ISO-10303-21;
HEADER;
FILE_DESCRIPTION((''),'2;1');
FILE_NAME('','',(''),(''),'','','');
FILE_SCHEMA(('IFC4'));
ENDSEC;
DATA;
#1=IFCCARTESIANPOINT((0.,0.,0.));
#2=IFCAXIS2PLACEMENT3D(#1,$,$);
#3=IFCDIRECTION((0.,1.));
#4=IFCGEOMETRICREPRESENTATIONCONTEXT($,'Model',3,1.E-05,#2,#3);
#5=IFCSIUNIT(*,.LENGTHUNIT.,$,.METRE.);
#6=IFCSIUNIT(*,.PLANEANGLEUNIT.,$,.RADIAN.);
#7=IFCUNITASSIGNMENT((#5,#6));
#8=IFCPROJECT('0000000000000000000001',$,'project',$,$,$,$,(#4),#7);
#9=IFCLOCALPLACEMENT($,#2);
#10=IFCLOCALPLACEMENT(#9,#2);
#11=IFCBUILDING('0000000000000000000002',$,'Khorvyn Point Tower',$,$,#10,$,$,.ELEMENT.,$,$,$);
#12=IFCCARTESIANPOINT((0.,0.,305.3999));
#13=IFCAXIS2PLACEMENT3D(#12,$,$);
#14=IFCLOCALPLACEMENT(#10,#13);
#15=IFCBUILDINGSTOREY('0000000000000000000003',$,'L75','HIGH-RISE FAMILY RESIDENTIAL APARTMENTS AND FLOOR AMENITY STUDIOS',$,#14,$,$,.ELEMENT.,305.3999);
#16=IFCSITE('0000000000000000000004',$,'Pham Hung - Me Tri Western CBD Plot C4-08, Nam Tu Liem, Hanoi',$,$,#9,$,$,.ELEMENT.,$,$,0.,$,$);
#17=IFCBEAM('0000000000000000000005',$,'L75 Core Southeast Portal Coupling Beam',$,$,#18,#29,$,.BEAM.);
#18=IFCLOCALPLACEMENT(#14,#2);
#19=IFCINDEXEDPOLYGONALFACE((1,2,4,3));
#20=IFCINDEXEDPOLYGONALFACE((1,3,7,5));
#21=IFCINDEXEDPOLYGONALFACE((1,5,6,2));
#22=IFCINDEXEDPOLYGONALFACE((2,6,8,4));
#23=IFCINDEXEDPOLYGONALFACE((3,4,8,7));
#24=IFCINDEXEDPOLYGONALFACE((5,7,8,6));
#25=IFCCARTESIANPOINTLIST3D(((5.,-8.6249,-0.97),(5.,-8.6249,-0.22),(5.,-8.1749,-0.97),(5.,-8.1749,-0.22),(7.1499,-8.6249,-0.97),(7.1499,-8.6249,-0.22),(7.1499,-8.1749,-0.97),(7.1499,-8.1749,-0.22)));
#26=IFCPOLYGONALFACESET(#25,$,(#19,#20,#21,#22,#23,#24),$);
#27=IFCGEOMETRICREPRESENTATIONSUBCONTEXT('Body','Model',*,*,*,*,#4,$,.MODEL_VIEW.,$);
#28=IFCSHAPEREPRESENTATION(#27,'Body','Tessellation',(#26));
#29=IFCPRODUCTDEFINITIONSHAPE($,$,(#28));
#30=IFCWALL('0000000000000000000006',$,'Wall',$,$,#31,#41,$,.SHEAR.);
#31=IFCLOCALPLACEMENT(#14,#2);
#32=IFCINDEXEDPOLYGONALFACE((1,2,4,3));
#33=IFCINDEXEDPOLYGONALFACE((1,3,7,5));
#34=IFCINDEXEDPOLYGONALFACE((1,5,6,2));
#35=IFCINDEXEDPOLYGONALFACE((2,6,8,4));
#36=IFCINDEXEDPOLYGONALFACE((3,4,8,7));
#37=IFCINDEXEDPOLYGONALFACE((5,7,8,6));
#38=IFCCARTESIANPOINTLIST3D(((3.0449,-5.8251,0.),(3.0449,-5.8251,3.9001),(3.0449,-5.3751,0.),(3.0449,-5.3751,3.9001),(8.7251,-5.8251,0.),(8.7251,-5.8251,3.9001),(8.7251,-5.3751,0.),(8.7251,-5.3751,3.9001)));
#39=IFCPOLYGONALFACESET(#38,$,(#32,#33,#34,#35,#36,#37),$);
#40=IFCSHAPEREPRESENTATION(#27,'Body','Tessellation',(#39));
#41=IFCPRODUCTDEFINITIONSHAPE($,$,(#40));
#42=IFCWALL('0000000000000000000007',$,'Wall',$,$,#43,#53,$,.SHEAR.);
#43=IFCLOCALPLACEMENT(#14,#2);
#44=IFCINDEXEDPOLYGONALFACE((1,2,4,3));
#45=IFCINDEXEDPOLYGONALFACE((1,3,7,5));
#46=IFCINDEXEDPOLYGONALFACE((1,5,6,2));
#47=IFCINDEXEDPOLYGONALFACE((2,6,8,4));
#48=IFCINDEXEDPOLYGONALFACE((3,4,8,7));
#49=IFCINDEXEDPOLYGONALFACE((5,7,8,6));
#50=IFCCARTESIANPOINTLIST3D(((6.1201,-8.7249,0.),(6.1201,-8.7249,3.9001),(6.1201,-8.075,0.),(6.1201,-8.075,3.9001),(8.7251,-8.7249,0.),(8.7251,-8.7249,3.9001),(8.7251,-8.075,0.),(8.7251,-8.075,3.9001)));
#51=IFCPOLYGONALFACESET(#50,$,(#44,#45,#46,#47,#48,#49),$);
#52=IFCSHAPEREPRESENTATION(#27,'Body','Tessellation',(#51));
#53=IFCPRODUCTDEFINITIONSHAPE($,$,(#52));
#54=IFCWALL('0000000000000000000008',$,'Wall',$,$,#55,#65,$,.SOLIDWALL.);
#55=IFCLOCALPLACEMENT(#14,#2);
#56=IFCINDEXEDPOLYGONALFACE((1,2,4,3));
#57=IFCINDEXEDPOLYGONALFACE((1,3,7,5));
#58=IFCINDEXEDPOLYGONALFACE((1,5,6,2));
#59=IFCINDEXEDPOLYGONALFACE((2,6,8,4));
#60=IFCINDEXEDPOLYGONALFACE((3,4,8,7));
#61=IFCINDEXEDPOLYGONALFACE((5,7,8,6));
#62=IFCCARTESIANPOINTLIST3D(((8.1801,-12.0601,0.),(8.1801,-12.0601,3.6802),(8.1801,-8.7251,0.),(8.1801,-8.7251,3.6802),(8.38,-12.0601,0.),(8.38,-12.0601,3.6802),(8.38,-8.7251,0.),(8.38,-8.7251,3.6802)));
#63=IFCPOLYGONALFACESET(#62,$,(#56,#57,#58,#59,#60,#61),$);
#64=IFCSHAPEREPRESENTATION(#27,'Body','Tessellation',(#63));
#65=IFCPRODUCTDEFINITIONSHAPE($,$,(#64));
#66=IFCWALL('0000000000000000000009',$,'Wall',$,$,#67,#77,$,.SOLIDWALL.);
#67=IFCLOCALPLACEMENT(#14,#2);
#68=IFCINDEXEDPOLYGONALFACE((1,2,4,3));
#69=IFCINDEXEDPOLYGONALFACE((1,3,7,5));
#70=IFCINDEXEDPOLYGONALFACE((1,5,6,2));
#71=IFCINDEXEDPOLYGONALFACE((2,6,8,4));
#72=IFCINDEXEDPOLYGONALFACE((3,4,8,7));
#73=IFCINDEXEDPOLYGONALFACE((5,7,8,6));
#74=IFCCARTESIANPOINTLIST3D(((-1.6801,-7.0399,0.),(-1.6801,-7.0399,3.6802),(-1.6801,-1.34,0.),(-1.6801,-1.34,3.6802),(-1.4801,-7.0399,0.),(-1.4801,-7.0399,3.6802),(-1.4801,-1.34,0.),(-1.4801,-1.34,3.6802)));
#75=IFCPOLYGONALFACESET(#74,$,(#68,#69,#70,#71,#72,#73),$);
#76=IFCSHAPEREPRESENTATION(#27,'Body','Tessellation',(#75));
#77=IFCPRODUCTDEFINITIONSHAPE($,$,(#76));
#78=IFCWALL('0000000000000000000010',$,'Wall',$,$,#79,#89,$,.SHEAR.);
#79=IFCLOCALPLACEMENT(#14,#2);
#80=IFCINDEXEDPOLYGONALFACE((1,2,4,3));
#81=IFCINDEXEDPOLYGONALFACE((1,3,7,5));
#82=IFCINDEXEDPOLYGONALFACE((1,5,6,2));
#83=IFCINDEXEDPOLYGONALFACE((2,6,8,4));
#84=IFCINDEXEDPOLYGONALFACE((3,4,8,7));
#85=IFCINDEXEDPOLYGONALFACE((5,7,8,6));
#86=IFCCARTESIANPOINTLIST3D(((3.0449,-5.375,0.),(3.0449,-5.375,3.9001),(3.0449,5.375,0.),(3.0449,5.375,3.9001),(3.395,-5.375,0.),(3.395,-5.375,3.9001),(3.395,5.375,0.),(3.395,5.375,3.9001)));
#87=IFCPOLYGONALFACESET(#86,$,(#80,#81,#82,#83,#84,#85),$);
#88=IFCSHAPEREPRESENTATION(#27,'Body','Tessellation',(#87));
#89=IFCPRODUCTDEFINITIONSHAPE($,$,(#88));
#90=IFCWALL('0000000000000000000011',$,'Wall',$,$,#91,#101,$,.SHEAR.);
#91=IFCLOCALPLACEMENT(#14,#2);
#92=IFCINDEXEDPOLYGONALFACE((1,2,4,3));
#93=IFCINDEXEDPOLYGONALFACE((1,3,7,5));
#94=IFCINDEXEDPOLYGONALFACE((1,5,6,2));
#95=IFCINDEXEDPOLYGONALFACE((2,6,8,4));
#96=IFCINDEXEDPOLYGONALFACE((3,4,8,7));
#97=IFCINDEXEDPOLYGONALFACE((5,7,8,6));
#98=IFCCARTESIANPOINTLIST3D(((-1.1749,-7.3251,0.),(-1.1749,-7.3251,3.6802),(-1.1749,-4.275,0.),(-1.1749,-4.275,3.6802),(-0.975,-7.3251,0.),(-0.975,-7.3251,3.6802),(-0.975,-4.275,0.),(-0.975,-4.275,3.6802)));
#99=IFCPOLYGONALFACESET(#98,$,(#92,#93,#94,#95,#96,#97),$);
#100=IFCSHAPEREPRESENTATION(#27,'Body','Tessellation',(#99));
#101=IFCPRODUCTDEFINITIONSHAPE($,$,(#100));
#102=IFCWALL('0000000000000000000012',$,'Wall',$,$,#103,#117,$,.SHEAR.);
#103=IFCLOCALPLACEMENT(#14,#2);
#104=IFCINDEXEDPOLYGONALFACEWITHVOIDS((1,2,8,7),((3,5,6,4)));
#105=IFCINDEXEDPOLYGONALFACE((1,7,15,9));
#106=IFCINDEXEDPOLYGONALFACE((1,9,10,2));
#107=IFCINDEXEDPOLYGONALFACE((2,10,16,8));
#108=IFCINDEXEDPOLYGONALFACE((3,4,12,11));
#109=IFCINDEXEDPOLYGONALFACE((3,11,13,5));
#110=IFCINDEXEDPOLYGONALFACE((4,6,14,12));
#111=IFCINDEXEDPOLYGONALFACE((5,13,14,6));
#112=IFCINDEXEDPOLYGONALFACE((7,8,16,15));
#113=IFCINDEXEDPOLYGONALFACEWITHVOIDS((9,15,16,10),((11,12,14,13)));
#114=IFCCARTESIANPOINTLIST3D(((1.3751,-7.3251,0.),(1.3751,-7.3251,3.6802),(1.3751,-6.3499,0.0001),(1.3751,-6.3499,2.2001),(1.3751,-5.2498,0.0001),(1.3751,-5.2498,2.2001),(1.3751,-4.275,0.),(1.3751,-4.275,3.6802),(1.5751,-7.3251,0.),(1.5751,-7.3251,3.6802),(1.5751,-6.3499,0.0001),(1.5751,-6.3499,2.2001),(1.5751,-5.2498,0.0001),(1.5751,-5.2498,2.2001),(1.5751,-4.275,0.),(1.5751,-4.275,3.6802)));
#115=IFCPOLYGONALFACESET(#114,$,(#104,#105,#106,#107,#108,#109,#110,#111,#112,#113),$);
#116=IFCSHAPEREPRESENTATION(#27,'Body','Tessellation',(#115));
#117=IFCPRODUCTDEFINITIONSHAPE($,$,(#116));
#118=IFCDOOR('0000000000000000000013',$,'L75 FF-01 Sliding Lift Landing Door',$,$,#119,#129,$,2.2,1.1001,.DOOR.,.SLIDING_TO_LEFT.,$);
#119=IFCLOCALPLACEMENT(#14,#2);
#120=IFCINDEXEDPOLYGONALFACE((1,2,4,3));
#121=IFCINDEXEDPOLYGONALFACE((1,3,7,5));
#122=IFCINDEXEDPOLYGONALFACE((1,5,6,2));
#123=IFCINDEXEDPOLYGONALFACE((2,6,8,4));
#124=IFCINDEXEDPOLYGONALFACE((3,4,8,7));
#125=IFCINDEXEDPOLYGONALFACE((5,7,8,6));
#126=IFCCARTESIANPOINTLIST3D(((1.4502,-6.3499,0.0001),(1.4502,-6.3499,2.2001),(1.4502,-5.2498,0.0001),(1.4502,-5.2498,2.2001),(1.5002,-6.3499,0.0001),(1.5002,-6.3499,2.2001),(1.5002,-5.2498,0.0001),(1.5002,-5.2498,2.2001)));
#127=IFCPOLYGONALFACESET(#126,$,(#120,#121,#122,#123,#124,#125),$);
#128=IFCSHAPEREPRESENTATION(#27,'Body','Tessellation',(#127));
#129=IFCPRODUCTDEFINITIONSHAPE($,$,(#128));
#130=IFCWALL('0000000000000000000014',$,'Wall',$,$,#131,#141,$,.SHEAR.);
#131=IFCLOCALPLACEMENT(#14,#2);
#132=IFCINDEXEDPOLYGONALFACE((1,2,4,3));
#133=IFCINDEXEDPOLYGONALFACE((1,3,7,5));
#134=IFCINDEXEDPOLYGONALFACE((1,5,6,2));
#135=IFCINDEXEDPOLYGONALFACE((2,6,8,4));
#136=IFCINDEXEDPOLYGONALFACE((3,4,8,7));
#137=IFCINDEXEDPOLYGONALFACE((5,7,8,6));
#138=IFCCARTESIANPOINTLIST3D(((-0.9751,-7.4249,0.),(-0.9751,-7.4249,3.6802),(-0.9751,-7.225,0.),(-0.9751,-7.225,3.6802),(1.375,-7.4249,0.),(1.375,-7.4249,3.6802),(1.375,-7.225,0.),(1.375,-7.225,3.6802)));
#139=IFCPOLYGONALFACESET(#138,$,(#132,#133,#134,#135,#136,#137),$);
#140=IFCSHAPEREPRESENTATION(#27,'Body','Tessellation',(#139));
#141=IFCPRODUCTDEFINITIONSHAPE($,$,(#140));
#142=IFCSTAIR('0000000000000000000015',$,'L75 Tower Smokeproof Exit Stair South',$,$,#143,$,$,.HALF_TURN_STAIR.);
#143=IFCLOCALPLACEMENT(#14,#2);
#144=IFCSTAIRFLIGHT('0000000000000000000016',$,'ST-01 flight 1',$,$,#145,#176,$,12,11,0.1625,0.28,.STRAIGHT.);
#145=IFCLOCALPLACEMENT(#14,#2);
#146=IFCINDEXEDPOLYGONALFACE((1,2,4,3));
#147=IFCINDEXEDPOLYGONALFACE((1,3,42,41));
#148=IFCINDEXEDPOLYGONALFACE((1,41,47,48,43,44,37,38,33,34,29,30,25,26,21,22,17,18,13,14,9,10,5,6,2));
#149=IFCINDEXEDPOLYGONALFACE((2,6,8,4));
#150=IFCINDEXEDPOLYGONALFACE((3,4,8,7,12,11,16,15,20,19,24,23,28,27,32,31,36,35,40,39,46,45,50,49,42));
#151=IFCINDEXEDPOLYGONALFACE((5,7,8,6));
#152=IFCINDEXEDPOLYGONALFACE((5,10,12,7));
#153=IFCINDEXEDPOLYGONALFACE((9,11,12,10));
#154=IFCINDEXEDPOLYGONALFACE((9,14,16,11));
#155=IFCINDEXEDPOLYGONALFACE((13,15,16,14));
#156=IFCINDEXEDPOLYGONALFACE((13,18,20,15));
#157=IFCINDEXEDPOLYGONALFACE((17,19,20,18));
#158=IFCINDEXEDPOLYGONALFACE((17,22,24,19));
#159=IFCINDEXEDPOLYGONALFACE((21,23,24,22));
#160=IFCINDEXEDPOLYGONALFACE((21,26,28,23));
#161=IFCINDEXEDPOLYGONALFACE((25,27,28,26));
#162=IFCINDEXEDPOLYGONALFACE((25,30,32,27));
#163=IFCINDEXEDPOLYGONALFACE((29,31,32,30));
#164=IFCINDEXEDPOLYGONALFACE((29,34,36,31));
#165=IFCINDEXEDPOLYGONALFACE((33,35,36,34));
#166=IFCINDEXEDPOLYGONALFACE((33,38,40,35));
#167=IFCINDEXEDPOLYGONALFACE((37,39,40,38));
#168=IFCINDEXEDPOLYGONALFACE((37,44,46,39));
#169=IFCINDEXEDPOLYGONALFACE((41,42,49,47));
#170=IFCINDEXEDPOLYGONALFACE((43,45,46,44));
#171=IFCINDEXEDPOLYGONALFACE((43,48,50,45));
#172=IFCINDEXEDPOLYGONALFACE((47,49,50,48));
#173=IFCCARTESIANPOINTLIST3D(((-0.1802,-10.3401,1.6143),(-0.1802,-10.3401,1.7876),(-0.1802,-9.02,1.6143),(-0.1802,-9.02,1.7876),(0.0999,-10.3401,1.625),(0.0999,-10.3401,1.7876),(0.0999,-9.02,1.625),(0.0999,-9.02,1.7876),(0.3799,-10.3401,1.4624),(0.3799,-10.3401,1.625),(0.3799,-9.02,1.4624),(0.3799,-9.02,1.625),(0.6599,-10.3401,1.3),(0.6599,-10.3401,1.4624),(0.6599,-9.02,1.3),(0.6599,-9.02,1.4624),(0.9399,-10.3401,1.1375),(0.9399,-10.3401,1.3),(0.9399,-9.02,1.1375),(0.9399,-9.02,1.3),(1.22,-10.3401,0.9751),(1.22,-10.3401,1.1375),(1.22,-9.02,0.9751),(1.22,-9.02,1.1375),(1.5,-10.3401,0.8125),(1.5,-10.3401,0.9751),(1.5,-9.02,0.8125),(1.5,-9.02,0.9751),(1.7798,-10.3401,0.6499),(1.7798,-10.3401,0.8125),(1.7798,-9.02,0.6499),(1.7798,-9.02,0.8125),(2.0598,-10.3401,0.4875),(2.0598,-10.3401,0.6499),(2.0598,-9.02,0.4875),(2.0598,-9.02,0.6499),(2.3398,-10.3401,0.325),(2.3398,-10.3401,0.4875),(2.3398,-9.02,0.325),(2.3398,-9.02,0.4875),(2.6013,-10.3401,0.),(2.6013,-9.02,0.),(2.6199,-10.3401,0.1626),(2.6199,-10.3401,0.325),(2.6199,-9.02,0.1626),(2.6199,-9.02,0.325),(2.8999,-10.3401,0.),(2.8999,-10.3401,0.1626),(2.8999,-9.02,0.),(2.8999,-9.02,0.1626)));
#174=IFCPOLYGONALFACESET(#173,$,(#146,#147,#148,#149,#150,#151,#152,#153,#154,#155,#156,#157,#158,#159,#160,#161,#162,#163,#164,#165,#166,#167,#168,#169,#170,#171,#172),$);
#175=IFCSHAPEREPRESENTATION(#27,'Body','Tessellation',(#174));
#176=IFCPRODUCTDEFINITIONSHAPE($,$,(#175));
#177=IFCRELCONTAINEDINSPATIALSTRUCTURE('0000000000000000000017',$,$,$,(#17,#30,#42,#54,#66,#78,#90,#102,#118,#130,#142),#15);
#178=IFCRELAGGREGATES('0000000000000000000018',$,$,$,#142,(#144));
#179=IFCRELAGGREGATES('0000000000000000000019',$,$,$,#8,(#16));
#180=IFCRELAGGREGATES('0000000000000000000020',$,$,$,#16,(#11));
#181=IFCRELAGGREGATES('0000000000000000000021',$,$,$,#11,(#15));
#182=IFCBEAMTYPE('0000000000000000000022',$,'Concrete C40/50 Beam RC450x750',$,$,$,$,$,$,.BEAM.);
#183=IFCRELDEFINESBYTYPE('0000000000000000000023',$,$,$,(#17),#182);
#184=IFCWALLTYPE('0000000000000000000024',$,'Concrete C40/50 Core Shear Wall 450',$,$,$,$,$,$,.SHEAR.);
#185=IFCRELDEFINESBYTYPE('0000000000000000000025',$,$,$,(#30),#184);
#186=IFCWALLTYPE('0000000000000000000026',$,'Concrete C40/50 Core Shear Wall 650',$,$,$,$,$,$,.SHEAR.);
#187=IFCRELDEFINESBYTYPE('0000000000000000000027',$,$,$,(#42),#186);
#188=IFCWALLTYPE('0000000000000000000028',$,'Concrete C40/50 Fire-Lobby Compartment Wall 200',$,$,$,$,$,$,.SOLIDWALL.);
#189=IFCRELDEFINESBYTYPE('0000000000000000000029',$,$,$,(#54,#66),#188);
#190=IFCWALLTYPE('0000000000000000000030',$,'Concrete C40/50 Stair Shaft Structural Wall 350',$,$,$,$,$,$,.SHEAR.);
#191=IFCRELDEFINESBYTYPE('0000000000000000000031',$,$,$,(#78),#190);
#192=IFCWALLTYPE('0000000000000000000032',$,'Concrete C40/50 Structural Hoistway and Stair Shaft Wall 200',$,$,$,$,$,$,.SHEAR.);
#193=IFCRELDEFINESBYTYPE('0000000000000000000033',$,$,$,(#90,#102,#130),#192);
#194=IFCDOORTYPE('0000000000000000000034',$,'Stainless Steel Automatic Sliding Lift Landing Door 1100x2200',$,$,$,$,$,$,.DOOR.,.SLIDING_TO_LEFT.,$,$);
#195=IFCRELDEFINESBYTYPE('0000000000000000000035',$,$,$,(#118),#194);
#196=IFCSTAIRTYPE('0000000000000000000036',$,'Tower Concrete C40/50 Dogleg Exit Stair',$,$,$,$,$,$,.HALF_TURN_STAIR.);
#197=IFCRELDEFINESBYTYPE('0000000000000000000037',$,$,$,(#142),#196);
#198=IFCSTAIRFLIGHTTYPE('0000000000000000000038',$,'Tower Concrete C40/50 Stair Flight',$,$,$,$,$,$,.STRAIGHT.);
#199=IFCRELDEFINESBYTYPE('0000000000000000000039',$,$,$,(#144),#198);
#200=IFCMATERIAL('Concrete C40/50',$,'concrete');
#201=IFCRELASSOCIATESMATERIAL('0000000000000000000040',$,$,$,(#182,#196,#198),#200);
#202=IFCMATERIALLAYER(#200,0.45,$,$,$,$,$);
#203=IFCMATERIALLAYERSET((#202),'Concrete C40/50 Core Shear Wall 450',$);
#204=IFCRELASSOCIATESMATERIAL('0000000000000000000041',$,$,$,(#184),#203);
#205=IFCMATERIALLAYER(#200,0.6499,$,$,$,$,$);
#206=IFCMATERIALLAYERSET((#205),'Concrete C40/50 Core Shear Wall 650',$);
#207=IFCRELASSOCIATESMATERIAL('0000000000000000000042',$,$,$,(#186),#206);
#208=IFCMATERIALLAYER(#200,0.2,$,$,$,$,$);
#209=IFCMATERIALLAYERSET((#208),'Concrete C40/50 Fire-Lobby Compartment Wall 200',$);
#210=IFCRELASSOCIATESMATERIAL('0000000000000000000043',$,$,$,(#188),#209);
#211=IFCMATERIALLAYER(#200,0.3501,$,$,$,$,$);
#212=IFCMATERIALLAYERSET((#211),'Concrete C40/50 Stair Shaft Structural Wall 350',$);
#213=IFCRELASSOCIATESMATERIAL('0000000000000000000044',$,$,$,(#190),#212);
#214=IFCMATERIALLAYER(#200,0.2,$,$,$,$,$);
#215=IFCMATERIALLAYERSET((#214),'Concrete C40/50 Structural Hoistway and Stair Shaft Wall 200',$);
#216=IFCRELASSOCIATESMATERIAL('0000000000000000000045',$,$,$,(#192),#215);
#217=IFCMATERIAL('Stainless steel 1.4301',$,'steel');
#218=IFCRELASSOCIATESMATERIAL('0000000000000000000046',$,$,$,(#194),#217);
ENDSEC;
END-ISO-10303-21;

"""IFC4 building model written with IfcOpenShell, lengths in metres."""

from ifc_helpers import new_model, si_unit, direction, frame, frame_2d, origin, origin_2d, place, context, subcontext, project, spatial, polyline, rectangle, outline, extrude, material, layer, layer_set, material_profile, profile_set, type_object, element, fill, aggregate, save


model = new_model("IFC4")

# Units and contexts
model_context = context("Model", 3, precision=1e-05, world=origin(), true_north=direction((0.0, 1.0)))
body_context = subcontext(model_context, "Body", "Model", "MODEL_VIEW")
ifc_project = project(units=[si_unit("LENGTHUNIT", "METRE"), si_unit("PLANEANGLEUNIT", "RADIAN")], contexts=[model_context])

# Site, building, storey
site_placement = place(None, origin())
site = spatial("IfcSite", under=ifc_project, at=site_placement, Name="Pham Hung - Me Tri Western CBD Plot C4-08, Nam Tu Liem, Hanoi", CompositionType="ELEMENT", RefElevation=0.0)
building_placement = place(site_placement, origin())
building = spatial("IfcBuilding", under=site, at=building_placement, Name="Khorvyn Point Tower", CompositionType="ELEMENT")
storey_placement = place(building_placement, frame((0.0, 0.0, 305.3999)))
storey = spatial("IfcBuildingStorey", under=building, at=storey_placement, Name="L75", Description="HIGH-RISE FAMILY RESIDENTIAL APARTMENTS AND FLOOR AMENITY STUDIOS", CompositionType="ELEMENT", Elevation=305.3999)

# Beam
ifc_material_1 = material(Name="Concrete C40/50", Category="concrete")
ifc_material_profile = material_profile(ifc_material_1, rectangle(XDim=0.45, YDim=0.75, at=origin_2d()))
ifc_profile_set = profile_set([ifc_material_profile], Name="Concrete C40/50 RC450x750")
beam_type = type_object("IfcBeamType", Name="Concrete C40/50 Beam RC450x750", PredefinedType="BEAM", material=ifc_profile_set)
beam_placement = place(storey_placement, frame((5.0, -8.3999, -0.595), z_axis=(1.0, 0.0, 0.0), x_axis=(0.0, 1.0, 0.0)))
element("IfcBeam", 1, at=beam_placement, inside=storey, type_object=beam_type, Name="L75 Core Southeast Portal Coupling Beam", PredefinedType="BEAM", context=body_context, shape_type="SweptSolid", body=[
    extrude(rectangle(XDim=0.45, YDim=0.75, at=origin_2d()), origin(), (0.0, 0.0, 1.0), 2.1499),
])

# Walls
ifc_layer_1 = layer(ifc_material_1, 0.45)
ifc_layer_set_1 = layer_set([ifc_layer_1], Name="Concrete C40/50 Core Shear Wall 450")
wall_type_1 = type_object("IfcWallType", Name="Concrete C40/50 Core Shear Wall 450", PredefinedType="SHEAR", material=ifc_layer_set_1)
wall_1_placement = place(storey_placement, frame((3.0449, -5.6001, 0.0), z_axis=(0.0, 0.0, 1.0), x_axis=(1.0, 0.0, 0.0)))
element("IfcWall", 2, at=wall_1_placement, inside=storey, type_object=wall_type_1, Name="Wall", PredefinedType="SHEAR", context=body_context, shape_type="SweptSolid", body=[
    extrude(rectangle(XDim=5.6802, YDim=0.45, at=frame_2d((2.8401, 0.0))), origin(), (0.0, 0.0, 1.0), 3.9001),
])
ifc_layer_2 = layer(ifc_material_1, 0.6499)
ifc_layer_set_2 = layer_set([ifc_layer_2], Name="Concrete C40/50 Core Shear Wall 650")
wall_type_2 = type_object("IfcWallType", Name="Concrete C40/50 Core Shear Wall 650", PredefinedType="SHEAR", material=ifc_layer_set_2)
wall_2_placement = place(storey_placement, frame((6.1201, -8.3999, 0.0), z_axis=(0.0, 0.0, 1.0), x_axis=(1.0, 0.0, 0.0)))
element("IfcWall", 3, at=wall_2_placement, inside=storey, type_object=wall_type_2, Name="Wall", PredefinedType="SHEAR", context=body_context, shape_type="SweptSolid", body=[
    extrude(rectangle(XDim=2.605, YDim=0.6499, at=frame_2d((1.3025, 0.0))), origin(), (0.0, 0.0, 1.0), 3.9001),
])

# Shared definitions
ifc_layer_3 = layer(ifc_material_1, 0.2)
ifc_layer_set_3 = layer_set([ifc_layer_3], Name="Concrete C40/50 Fire-Lobby Compartment Wall 200")
wall_type_3 = type_object("IfcWallType", Name="Concrete C40/50 Fire-Lobby Compartment Wall 200", PredefinedType="SOLIDWALL", material=ifc_layer_set_3)

# Walls
wall_3_placement = place(storey_placement, frame((8.28, -12.0601, 0.0), z_axis=(0.0, 0.0, 1.0), x_axis=(0.0, 1.0, 0.0)))
element("IfcWall", 4, at=wall_3_placement, inside=storey, type_object=wall_type_3, Name="Wall", PredefinedType="SOLIDWALL", context=body_context, shape_type="SweptSolid", body=[
    extrude(rectangle(XDim=3.335, YDim=0.2, at=frame_2d((1.6675, 0.0))), origin(), (0.0, 0.0, 1.0), 3.6802),
])
wall_4_placement = place(storey_placement, frame((-1.5801, -7.04, 0.0), z_axis=(0.0, 0.0, 1.0), x_axis=(0.0, 1.0, 0.0)))
element("IfcWall", 5, at=wall_4_placement, inside=storey, type_object=wall_type_3, Name="Wall", PredefinedType="SOLIDWALL", context=body_context, shape_type="SweptSolid", body=[
    extrude(rectangle(XDim=5.7, YDim=0.2, at=frame_2d((2.8501, 0.0))), origin(), (0.0, 0.0, 1.0), 3.6802),
])
ifc_layer_4 = layer(ifc_material_1, 0.3501)
ifc_layer_set_4 = layer_set([ifc_layer_4], Name="Concrete C40/50 Stair Shaft Structural Wall 350")
wall_type_4 = type_object("IfcWallType", Name="Concrete C40/50 Stair Shaft Structural Wall 350", PredefinedType="SHEAR", material=ifc_layer_set_4)
wall_5_placement = place(storey_placement, frame((3.22, -5.375, 0.0), z_axis=(0.0, 0.0, 1.0), x_axis=(0.0, 1.0, 0.0)))
element("IfcWall", 6, at=wall_5_placement, inside=storey, type_object=wall_type_4, Name="Wall", PredefinedType="SHEAR", context=body_context, shape_type="SweptSolid", body=[
    extrude(rectangle(XDim=10.75, YDim=0.3501, at=frame_2d((5.375, 0.0))), origin(), (0.0, 0.0, 1.0), 3.9001),
])

# Wall
ifc_layer_5 = layer(ifc_material_1, 0.2)
ifc_layer_set_5 = layer_set([ifc_layer_5], Name="Concrete C40/50 Structural Hoistway and Stair Shaft Wall 200")
wall_type_5 = type_object("IfcWallType", Name="Concrete C40/50 Structural Hoistway and Stair Shaft Wall 200", PredefinedType="SHEAR", material=ifc_layer_set_5)
wall_6_placement = place(storey_placement, frame((-1.075, -7.325, 0.0), z_axis=(0.0, 0.0, 1.0), x_axis=(0.0, 1.0, 0.0)))
element("IfcWall", 7, at=wall_6_placement, inside=storey, type_object=wall_type_5, Name="Wall", PredefinedType="SHEAR", context=body_context, shape_type="SweptSolid", body=[
    extrude(rectangle(XDim=3.05, YDim=0.2, at=frame_2d((1.5249, 0.0))), origin(), (0.0, 0.0, 1.0), 3.6802),
])

# Wall, opening, door
wall_7_placement = place(storey_placement, frame((1.4751, -7.325, 0.0), z_axis=(0.0, 0.0, 1.0), x_axis=(0.0, 1.0, 0.0)))
wall_7 = element("IfcWall", 8, at=wall_7_placement, inside=storey, type_object=wall_type_5, Name="Wall", PredefinedType="SHEAR", context=body_context, shape_type="SweptSolid", body=[
    extrude(rectangle(XDim=3.05, YDim=0.2, at=frame_2d((1.5249, 0.0))), origin(), (0.0, 0.0, 1.0), 3.6802),
])
opening_1_placement = place(wall_7_placement, frame((0.9751, 0.0, 0.0)))
opening_1 = element("IfcOpeningElement", 9, at=opening_1_placement, cuts=wall_7, PredefinedType="OPENING", context=body_context, shape_type="SweptSolid", body=[
    extrude(rectangle(XDim=1.1001, YDim=2.2, at=frame_2d((0.55, 1.1001))), frame((0.0, 0.1099, 0.0), z_axis=(0.0, -1.0, 0.0), x_axis=(1.0, 0.0, 0.0)), (0.0, 0.0, 1.0), 0.22),
])
ifc_material_2 = material(Name="Stainless steel 1.4301", Category="steel")
door_type_1 = type_object("IfcDoorType", Name="Stainless Steel Automatic Sliding Lift Landing Door 1100x2200", OperationType="SLIDING_TO_LEFT", PredefinedType="DOOR", material=ifc_material_2)
door_1_placement = place(opening_1_placement, origin())
door_1 = element("IfcDoor", 10, at=door_1_placement, inside=storey, type_object=door_type_1, Name="L75 FF-01 Sliding Lift Landing Door", OperationType="SLIDING_TO_LEFT", OverallHeight=2.2, OverallWidth=1.1001, PredefinedType="DOOR", context=body_context, shape_type="SweptSolid", body=[
    extrude(rectangle(XDim=1.1001, YDim=2.2, at=frame_2d((0.55, 1.1001))), frame((0.0, 0.0249, 0.0), z_axis=(0.0, -1.0, 0.0), x_axis=(1.0, 0.0, 0.0)), (0.0, 0.0, 1.0), 0.05),
])
fill(opening_1, door_1)

# Wall
wall_8_placement = place(storey_placement, frame((-0.9751, -7.325, 0.0), z_axis=(0.0, 0.0, 1.0), x_axis=(1.0, 0.0, 0.0)))
element("IfcWall", 11, at=wall_8_placement, inside=storey, type_object=wall_type_5, Name="Wall", PredefinedType="SHEAR", context=body_context, shape_type="SweptSolid", body=[
    extrude(rectangle(XDim=2.3501, YDim=0.2, at=frame_2d((1.175, 0.0))), origin(), (0.0, 0.0, 1.0), 3.6802),
])

# Stair, stair flight
stair_type = type_object("IfcStairType", Name="Tower Concrete C40/50 Dogleg Exit Stair", PredefinedType="HALF_TURN_STAIR", material=ifc_material_1)
stair_placement = place(storey_placement, origin())
stair = element("IfcStair", 12, at=stair_placement, inside=storey, type_object=stair_type, Name="L75 Tower Smokeproof Exit Stair South", PredefinedType="HALF_TURN_STAIR")
stair_flight_type = type_object("IfcStairFlightType", Name="Tower Concrete C40/50 Stair Flight", PredefinedType="STRAIGHT", material=ifc_material_1)
stair_flight_1_placement = place(storey_placement, frame((2.8999, -9.6799, 0.0), z_axis=(0.0, 0.0, 1.0), x_axis=(-1.0, 0.0, 0.0)))
stair_flight_1 = element("IfcStairFlight", 13, at=stair_flight_1_placement, type_object=stair_flight_type, Name="ST-01 flight 1", NumberOfRisers=12, NumberOfTreads=11, PredefinedType="STRAIGHT", RiserHeight=0.1625, TreadLength=0.28, context=body_context, shape_type="SweptSolid", body=[
    extrude(outline(polyline([(0.0, 0.0), (0.0, 0.1626), (0.28, 0.1626), (0.28, 0.325), (0.5601, 0.325), (0.5601, 0.4875), (0.8401, 0.4875), (0.8401, 0.6499), (1.1201, 0.6499), (1.1201, 0.8125), (1.3999, 0.8125), (1.3999, 0.9751), (1.6799, 0.9751), (1.6799, 1.1375), (1.96, 1.1375), (1.96, 1.3), (2.24, 1.3), (2.24, 1.4624), (2.52, 1.4624), (2.52, 1.625), (2.8, 1.625), (2.8, 1.7876), (3.0801, 1.7876), (3.0801, 1.95), (3.0801, 1.6143), (0.2986, 0.0), (0.0, 0.0)])), frame((0.0, 0.6602, 0.0), z_axis=(0.0, -1.0, 0.0), x_axis=(1.0, 0.0, 0.0)), (0.0, 0.0, 1.0), 1.3201),
])
aggregate(stair, [stair_flight_1])

save(model, "model.ifc")
